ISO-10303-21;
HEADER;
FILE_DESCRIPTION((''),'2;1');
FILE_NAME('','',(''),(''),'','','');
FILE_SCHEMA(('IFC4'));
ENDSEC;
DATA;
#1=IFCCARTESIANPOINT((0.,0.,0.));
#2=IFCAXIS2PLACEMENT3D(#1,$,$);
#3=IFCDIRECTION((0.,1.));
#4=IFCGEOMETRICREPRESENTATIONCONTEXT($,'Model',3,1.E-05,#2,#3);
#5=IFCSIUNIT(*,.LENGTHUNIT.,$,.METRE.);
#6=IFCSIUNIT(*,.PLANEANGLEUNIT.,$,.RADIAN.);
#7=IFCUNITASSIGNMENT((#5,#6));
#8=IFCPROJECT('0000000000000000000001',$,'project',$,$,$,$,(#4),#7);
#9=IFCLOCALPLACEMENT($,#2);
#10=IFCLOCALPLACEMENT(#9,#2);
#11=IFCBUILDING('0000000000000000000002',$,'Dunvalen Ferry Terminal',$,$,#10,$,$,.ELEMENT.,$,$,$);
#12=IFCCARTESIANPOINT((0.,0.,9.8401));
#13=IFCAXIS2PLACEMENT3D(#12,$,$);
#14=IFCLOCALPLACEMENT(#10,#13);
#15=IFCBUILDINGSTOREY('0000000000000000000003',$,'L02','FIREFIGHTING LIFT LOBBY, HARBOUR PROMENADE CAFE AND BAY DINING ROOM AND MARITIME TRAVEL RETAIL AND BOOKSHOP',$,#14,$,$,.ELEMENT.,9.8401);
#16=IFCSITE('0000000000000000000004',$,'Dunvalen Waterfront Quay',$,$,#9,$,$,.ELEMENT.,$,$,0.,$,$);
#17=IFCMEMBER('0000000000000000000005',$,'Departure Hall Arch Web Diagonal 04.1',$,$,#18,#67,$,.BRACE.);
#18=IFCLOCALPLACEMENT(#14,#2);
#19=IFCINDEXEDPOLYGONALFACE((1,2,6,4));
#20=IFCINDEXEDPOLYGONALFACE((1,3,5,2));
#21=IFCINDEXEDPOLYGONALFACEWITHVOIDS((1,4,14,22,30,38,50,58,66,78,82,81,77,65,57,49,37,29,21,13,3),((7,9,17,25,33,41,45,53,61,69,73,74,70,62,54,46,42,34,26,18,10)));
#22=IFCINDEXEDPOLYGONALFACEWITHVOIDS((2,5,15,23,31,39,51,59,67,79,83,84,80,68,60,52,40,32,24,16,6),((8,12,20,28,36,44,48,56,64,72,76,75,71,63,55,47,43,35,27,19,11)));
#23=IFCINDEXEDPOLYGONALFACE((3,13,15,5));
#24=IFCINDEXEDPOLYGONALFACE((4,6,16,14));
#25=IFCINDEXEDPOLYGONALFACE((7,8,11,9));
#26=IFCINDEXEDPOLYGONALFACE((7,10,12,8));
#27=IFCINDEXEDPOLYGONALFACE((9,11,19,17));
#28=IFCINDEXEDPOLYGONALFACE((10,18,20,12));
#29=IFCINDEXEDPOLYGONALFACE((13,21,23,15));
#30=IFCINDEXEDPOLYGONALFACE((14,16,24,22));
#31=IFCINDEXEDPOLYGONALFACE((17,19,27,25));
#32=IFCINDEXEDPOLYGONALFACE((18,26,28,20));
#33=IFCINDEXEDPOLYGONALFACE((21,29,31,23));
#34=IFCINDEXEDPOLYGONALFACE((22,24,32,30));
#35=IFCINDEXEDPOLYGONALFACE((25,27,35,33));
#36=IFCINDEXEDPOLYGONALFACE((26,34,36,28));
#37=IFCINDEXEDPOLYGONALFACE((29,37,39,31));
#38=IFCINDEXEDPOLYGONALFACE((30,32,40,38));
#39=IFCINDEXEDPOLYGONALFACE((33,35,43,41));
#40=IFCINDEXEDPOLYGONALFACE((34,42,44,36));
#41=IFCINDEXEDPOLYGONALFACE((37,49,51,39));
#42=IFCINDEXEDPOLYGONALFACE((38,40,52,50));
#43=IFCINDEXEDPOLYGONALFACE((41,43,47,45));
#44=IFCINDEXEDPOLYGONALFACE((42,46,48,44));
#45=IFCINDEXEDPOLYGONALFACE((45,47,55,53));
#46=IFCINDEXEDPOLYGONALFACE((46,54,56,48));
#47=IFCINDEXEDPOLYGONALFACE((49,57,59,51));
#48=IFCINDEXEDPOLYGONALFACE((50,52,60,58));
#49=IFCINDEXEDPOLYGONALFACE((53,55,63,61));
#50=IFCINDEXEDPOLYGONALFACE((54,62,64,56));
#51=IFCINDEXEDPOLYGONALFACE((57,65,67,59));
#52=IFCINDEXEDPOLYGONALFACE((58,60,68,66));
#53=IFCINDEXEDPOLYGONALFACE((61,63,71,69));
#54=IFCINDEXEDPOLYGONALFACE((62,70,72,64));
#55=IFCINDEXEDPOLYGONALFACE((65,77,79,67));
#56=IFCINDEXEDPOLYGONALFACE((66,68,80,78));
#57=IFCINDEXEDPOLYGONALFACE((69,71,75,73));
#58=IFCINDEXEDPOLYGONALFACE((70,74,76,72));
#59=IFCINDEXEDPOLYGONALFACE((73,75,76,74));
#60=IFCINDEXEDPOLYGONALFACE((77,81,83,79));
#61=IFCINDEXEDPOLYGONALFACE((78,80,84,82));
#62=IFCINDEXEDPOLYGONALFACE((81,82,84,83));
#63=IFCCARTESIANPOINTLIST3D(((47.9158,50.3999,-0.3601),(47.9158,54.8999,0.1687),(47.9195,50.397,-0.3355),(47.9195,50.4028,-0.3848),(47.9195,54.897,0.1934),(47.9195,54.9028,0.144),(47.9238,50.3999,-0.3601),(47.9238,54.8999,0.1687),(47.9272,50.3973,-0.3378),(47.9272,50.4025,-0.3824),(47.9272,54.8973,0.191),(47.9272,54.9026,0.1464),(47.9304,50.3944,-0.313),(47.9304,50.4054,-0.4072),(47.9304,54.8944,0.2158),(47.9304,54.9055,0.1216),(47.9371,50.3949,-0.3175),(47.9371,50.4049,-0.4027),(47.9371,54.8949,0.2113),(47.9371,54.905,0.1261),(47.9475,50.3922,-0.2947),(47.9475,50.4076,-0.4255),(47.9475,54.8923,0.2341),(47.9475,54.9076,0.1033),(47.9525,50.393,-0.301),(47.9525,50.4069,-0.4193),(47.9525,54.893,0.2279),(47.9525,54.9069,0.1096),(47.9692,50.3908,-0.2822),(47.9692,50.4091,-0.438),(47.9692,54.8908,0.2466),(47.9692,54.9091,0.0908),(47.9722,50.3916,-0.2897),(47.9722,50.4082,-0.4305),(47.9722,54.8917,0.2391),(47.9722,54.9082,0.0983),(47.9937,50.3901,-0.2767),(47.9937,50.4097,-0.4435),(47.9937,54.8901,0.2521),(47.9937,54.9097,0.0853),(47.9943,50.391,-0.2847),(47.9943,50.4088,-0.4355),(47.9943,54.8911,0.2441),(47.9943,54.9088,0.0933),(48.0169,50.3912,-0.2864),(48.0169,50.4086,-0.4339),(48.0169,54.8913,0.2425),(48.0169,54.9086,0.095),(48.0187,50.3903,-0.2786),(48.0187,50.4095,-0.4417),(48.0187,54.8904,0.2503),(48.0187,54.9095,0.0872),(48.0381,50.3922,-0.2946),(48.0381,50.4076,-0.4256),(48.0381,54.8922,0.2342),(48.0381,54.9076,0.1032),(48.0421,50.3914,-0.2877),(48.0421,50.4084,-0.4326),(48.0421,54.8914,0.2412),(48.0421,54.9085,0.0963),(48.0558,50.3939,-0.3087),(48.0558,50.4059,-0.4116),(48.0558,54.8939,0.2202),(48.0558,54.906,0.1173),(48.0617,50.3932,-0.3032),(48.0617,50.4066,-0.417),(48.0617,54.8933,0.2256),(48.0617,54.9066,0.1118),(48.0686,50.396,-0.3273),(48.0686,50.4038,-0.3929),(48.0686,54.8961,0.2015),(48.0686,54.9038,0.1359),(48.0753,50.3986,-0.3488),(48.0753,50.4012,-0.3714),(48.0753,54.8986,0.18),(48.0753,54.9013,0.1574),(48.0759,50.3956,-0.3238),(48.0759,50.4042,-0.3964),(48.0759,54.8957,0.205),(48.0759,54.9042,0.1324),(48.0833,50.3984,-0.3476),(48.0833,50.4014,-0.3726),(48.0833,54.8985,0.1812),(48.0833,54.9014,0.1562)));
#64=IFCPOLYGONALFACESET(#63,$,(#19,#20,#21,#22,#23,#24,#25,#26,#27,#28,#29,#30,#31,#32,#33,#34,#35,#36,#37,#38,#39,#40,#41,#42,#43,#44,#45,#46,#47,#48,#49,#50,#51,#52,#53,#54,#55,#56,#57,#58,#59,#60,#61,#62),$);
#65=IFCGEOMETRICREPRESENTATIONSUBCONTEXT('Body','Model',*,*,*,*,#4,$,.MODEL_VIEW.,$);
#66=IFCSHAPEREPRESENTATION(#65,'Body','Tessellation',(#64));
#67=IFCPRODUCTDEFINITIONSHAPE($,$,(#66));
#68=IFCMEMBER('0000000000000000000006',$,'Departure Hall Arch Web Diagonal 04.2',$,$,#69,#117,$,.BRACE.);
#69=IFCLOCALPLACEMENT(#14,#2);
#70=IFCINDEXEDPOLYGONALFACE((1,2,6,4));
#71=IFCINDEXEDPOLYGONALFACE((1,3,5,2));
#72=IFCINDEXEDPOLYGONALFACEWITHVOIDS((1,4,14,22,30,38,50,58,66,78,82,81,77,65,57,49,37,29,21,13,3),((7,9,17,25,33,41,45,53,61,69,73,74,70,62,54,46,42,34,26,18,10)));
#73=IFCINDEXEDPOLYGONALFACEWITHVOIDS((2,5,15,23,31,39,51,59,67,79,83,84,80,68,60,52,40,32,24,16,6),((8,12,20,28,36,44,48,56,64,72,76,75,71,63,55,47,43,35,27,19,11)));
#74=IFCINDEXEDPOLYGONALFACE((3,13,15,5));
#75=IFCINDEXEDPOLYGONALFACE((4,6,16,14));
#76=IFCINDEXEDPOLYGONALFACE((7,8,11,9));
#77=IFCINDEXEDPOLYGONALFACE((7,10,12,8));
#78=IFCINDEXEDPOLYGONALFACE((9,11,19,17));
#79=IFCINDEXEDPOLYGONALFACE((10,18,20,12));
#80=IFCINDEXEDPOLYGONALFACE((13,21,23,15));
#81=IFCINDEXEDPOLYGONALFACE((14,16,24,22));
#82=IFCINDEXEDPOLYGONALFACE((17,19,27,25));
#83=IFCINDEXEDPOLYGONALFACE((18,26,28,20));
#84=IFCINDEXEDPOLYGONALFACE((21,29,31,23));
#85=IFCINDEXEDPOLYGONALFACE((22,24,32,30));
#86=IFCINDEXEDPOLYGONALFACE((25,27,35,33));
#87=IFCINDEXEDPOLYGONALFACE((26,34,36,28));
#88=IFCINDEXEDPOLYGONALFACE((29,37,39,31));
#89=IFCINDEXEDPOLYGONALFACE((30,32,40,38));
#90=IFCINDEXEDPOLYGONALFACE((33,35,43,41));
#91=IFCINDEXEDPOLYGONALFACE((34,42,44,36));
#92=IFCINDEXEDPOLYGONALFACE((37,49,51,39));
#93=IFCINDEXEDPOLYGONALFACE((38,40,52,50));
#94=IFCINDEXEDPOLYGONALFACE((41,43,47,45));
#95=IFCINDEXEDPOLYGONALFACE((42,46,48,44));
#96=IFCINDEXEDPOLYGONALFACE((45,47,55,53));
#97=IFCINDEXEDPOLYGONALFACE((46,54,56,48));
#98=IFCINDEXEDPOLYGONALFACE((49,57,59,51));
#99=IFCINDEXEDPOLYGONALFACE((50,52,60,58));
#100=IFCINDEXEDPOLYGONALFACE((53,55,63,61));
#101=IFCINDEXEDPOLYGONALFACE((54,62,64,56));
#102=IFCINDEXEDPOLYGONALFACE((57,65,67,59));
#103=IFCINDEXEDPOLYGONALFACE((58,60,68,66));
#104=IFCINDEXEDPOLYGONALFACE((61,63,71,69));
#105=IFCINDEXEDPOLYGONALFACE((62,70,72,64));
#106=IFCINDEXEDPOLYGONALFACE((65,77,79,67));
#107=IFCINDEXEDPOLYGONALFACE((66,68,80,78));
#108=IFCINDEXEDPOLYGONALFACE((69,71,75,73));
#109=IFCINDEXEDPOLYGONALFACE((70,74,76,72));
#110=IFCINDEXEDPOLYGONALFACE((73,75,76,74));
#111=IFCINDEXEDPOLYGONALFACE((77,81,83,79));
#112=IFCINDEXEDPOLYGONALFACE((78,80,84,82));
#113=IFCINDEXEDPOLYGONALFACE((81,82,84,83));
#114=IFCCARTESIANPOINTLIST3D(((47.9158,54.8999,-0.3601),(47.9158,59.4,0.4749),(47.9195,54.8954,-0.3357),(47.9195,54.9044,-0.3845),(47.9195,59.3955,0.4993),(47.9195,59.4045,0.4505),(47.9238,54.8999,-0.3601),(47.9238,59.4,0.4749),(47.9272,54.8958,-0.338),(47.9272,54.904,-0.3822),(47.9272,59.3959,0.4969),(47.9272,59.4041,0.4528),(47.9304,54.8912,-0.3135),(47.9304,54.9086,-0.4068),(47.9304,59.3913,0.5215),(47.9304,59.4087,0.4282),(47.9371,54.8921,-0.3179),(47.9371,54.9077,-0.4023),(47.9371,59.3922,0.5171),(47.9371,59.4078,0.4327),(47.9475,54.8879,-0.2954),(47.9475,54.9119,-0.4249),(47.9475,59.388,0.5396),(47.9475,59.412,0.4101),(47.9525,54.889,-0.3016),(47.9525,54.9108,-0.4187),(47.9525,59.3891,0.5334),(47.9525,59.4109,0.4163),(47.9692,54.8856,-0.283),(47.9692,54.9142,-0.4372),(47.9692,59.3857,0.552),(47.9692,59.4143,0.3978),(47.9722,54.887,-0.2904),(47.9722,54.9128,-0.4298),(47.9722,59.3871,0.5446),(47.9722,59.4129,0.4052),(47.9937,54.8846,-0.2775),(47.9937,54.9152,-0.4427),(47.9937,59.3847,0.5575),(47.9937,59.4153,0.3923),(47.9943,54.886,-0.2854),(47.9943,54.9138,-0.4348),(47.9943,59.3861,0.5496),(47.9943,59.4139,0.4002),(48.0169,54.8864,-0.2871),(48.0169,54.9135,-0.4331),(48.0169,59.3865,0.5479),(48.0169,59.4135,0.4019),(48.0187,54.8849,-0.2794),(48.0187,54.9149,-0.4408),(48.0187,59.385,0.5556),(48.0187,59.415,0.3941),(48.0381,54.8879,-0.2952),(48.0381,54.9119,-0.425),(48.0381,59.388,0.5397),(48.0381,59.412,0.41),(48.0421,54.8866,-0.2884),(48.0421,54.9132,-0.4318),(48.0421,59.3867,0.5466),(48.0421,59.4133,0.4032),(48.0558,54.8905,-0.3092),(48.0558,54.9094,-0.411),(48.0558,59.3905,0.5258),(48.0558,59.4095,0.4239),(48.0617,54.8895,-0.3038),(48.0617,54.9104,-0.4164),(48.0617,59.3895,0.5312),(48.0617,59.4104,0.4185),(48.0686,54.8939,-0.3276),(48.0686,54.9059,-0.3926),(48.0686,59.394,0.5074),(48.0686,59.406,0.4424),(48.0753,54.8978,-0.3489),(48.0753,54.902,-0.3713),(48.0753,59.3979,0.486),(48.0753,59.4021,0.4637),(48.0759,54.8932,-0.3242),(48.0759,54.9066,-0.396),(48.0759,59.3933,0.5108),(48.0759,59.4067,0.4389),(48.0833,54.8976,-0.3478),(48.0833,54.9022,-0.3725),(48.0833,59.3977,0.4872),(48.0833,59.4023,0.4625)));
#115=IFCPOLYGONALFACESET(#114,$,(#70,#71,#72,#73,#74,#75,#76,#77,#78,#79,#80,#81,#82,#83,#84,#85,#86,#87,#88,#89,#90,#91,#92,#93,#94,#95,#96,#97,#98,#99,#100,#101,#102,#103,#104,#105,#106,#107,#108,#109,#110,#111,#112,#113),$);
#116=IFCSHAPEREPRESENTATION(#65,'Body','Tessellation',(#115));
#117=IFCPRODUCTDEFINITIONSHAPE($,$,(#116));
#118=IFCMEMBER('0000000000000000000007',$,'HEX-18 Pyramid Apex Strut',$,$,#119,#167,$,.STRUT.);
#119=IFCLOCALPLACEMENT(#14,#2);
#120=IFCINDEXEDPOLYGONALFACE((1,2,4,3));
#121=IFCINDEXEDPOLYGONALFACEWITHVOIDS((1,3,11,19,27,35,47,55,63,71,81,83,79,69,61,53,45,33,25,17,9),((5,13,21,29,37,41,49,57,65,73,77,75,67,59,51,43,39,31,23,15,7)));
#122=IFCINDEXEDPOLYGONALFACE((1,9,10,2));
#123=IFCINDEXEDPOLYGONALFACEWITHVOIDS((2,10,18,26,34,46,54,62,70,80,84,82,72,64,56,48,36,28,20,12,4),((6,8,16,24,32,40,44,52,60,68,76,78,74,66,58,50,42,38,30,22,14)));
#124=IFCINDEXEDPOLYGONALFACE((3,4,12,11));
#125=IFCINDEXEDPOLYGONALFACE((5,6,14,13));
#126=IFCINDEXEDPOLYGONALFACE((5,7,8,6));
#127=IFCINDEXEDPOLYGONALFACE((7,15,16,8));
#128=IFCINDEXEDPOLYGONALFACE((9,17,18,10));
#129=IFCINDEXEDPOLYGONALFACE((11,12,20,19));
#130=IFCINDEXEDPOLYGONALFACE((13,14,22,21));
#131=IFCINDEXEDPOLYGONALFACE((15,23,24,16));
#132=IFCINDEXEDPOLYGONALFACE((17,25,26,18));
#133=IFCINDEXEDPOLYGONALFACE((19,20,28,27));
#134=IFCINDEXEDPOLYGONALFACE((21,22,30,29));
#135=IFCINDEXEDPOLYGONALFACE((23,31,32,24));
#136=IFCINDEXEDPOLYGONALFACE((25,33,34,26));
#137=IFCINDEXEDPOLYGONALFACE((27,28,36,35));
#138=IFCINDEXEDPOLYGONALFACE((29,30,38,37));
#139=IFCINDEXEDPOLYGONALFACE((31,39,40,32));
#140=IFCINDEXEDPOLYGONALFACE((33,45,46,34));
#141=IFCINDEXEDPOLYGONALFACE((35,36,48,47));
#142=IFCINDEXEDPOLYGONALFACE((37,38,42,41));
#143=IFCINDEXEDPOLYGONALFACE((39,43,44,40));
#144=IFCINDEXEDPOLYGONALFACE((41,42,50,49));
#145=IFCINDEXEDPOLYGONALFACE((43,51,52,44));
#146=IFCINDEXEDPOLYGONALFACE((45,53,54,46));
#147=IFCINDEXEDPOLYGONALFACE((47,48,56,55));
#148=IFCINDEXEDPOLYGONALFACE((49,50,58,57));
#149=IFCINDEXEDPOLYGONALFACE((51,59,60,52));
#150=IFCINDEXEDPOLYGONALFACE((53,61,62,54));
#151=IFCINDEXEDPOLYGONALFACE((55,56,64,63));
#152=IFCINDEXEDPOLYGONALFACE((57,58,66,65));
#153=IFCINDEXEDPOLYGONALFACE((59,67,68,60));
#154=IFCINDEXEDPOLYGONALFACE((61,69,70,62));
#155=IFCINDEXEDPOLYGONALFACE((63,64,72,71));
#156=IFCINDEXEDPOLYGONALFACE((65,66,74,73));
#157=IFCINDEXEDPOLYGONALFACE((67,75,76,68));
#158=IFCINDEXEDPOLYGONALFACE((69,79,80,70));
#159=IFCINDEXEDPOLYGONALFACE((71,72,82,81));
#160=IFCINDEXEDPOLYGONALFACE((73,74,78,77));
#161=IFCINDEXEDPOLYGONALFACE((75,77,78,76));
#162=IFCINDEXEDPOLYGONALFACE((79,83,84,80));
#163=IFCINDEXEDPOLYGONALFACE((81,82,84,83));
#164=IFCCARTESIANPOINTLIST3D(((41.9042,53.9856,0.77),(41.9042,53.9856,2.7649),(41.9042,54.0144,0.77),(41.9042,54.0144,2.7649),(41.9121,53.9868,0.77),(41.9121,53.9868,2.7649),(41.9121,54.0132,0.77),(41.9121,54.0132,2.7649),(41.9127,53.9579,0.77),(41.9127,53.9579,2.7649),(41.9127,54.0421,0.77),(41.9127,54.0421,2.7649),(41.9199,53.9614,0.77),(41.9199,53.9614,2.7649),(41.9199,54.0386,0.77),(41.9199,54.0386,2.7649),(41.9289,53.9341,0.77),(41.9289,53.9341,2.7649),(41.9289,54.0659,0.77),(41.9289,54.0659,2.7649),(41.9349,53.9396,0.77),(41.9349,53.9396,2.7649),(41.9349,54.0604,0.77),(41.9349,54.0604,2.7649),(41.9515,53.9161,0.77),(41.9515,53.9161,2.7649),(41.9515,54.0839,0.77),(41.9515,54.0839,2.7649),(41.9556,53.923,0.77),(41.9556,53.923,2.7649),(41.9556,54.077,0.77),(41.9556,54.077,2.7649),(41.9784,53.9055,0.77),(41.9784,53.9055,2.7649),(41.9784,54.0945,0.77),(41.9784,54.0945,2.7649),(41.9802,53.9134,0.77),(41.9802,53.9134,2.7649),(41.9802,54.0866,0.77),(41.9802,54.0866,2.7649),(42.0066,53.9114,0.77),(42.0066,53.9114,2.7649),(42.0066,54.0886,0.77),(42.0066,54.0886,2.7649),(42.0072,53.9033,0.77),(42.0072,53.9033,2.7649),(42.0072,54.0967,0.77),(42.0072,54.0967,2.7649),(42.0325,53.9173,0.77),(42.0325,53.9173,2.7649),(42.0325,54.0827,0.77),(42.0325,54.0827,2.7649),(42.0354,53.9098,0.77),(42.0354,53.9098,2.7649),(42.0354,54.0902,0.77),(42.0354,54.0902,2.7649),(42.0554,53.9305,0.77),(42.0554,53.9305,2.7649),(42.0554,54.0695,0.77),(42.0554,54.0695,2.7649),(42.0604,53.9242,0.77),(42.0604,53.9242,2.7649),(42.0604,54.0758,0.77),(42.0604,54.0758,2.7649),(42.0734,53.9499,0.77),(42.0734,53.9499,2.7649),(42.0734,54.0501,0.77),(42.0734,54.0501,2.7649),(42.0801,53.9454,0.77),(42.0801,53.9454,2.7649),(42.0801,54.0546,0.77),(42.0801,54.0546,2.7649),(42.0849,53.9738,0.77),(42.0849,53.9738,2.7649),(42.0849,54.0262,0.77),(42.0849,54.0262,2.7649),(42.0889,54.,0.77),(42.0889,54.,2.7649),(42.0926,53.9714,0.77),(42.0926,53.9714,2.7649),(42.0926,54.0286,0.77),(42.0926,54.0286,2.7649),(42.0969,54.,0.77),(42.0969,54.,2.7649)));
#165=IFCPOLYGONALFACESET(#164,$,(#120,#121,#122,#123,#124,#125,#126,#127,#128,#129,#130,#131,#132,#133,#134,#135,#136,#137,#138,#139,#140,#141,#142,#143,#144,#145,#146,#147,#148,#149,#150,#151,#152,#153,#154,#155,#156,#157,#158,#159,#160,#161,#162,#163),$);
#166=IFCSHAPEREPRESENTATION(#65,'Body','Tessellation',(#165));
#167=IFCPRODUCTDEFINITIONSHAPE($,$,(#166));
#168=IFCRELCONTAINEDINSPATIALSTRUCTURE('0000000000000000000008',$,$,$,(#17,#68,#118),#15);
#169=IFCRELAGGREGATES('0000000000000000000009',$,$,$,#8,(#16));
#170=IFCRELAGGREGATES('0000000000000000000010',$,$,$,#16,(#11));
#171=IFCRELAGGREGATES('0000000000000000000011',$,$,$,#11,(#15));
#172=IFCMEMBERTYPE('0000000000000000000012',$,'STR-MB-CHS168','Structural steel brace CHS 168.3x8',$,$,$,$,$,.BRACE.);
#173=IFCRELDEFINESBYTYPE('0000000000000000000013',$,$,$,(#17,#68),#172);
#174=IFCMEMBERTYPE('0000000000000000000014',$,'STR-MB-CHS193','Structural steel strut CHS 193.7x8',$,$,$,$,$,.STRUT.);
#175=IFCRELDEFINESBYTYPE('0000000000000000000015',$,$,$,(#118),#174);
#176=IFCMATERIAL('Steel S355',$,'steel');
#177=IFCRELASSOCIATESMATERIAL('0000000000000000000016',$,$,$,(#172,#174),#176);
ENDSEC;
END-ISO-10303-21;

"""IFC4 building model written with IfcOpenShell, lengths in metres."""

from ifc_helpers import new_model, si_unit, direction, frame, origin, origin_2d, place, context, subcontext, project, spatial, hollow_circle, extrude, material, material_profile, profile_set, type_object, element, save


model = new_model("IFC4")

# Units and contexts
model_context = context("Model", 3, precision=1e-05, world=origin(), true_north=direction((0.0, 1.0)))
body_context = subcontext(model_context, "Body", "Model", "MODEL_VIEW")
ifc_project = project(units=[si_unit("LENGTHUNIT", "METRE"), si_unit("PLANEANGLEUNIT", "RADIAN")], contexts=[model_context])

# Site, building, storey
site_placement = place(None, origin())
site = spatial("IfcSite", under=ifc_project, at=site_placement, Name="Dunvalen Waterfront Quay", CompositionType="ELEMENT", RefElevation=0.0)
building_placement = place(site_placement, origin())
building = spatial("IfcBuilding", under=site, at=building_placement, Name="Dunvalen Ferry Terminal", CompositionType="ELEMENT")
storey_placement = place(building_placement, frame((0.0, 0.0, 9.8401)))
storey = spatial("IfcBuildingStorey", under=building, at=storey_placement, Name="L02", Description="FIREFIGHTING LIFT LOBBY, HARBOUR PROMENADE CAFE AND BAY DINING ROOM AND MARITIME TRAVEL RETAIL AND BOOKSHOP", CompositionType="ELEMENT", Elevation=9.8401)

# Shared definitions
ifc_material_1 = material(Name="Steel S355", Category="steel")

# Members
ifc_material_profile_1 = material_profile(ifc_material_1, hollow_circle(Radius=0.0842, WallThickness=0.0081, at=origin_2d()), Name="Steel S355")
ifc_profile_set_1 = profile_set([ifc_material_profile_1], Name="Steel S355")
member_type_1 = type_object("IfcMemberType", Name="STR-MB-CHS168", Description="Structural steel brace CHS 168.3x8", PredefinedType="BRACE", material=ifc_profile_set_1)
member_1_placement = place(storey_placement, frame((48.0, 50.3999, -0.3601), z_axis=(0.0, 0.993166, 0.11671), x_axis=(-1.0, 0.0, 0.0)))
element("IfcMember", 1, at=member_1_placement, inside=storey, type_object=member_type_1, Name="Departure Hall Arch Web Diagonal 04.1", PredefinedType="BRACE", context=body_context, shape_type="SweptSolid", body=[
    extrude(hollow_circle(Radius=0.0842, WallThickness=0.0081, at=origin_2d()), origin(), (0.0, 0.0, 1.0), 4.531),
])
member_2_placement = place(storey_placement, frame((48.0, 54.8999, -0.3601), z_axis=(0.0, 0.983218, 0.182433), x_axis=(-1.0, 0.0, 0.0)))
element("IfcMember", 2, at=member_2_placement, inside=storey, type_object=member_type_1, Name="Departure Hall Arch Web Diagonal 04.2", PredefinedType="BRACE", context=body_context, shape_type="SweptSolid", body=[
    extrude(hollow_circle(Radius=0.0842, WallThickness=0.0081, at=origin_2d()), origin(), (0.0, 0.0, 1.0), 4.5769),
])
ifc_material_profile_2 = material_profile(ifc_material_1, hollow_circle(Radius=0.0969, WallThickness=0.0081, at=origin_2d()), Name="Steel S355")
ifc_profile_set_2 = profile_set([ifc_material_profile_2], Name="Steel S355")
member_type_2 = type_object("IfcMemberType", Name="STR-MB-CHS193", Description="Structural steel strut CHS 193.7x8", PredefinedType="STRUT", material=ifc_profile_set_2)
member_3_placement = place(storey_placement, frame((42.0, 54.0, 0.77), z_axis=(0.0, 0.0, 1.0), x_axis=(1.0, 0.0, 0.0)))
element("IfcMember", 3, at=member_3_placement, inside=storey, type_object=member_type_2, Name="HEX-18 Pyramid Apex Strut", PredefinedType="STRUT", context=body_context, shape_type="SweptSolid", body=[
    extrude(hollow_circle(Radius=0.0969, WallThickness=0.0081, at=origin_2d()), origin(), (0.0, 0.0, 1.0), 1.9949),
])

save(model, "model.ifc")
